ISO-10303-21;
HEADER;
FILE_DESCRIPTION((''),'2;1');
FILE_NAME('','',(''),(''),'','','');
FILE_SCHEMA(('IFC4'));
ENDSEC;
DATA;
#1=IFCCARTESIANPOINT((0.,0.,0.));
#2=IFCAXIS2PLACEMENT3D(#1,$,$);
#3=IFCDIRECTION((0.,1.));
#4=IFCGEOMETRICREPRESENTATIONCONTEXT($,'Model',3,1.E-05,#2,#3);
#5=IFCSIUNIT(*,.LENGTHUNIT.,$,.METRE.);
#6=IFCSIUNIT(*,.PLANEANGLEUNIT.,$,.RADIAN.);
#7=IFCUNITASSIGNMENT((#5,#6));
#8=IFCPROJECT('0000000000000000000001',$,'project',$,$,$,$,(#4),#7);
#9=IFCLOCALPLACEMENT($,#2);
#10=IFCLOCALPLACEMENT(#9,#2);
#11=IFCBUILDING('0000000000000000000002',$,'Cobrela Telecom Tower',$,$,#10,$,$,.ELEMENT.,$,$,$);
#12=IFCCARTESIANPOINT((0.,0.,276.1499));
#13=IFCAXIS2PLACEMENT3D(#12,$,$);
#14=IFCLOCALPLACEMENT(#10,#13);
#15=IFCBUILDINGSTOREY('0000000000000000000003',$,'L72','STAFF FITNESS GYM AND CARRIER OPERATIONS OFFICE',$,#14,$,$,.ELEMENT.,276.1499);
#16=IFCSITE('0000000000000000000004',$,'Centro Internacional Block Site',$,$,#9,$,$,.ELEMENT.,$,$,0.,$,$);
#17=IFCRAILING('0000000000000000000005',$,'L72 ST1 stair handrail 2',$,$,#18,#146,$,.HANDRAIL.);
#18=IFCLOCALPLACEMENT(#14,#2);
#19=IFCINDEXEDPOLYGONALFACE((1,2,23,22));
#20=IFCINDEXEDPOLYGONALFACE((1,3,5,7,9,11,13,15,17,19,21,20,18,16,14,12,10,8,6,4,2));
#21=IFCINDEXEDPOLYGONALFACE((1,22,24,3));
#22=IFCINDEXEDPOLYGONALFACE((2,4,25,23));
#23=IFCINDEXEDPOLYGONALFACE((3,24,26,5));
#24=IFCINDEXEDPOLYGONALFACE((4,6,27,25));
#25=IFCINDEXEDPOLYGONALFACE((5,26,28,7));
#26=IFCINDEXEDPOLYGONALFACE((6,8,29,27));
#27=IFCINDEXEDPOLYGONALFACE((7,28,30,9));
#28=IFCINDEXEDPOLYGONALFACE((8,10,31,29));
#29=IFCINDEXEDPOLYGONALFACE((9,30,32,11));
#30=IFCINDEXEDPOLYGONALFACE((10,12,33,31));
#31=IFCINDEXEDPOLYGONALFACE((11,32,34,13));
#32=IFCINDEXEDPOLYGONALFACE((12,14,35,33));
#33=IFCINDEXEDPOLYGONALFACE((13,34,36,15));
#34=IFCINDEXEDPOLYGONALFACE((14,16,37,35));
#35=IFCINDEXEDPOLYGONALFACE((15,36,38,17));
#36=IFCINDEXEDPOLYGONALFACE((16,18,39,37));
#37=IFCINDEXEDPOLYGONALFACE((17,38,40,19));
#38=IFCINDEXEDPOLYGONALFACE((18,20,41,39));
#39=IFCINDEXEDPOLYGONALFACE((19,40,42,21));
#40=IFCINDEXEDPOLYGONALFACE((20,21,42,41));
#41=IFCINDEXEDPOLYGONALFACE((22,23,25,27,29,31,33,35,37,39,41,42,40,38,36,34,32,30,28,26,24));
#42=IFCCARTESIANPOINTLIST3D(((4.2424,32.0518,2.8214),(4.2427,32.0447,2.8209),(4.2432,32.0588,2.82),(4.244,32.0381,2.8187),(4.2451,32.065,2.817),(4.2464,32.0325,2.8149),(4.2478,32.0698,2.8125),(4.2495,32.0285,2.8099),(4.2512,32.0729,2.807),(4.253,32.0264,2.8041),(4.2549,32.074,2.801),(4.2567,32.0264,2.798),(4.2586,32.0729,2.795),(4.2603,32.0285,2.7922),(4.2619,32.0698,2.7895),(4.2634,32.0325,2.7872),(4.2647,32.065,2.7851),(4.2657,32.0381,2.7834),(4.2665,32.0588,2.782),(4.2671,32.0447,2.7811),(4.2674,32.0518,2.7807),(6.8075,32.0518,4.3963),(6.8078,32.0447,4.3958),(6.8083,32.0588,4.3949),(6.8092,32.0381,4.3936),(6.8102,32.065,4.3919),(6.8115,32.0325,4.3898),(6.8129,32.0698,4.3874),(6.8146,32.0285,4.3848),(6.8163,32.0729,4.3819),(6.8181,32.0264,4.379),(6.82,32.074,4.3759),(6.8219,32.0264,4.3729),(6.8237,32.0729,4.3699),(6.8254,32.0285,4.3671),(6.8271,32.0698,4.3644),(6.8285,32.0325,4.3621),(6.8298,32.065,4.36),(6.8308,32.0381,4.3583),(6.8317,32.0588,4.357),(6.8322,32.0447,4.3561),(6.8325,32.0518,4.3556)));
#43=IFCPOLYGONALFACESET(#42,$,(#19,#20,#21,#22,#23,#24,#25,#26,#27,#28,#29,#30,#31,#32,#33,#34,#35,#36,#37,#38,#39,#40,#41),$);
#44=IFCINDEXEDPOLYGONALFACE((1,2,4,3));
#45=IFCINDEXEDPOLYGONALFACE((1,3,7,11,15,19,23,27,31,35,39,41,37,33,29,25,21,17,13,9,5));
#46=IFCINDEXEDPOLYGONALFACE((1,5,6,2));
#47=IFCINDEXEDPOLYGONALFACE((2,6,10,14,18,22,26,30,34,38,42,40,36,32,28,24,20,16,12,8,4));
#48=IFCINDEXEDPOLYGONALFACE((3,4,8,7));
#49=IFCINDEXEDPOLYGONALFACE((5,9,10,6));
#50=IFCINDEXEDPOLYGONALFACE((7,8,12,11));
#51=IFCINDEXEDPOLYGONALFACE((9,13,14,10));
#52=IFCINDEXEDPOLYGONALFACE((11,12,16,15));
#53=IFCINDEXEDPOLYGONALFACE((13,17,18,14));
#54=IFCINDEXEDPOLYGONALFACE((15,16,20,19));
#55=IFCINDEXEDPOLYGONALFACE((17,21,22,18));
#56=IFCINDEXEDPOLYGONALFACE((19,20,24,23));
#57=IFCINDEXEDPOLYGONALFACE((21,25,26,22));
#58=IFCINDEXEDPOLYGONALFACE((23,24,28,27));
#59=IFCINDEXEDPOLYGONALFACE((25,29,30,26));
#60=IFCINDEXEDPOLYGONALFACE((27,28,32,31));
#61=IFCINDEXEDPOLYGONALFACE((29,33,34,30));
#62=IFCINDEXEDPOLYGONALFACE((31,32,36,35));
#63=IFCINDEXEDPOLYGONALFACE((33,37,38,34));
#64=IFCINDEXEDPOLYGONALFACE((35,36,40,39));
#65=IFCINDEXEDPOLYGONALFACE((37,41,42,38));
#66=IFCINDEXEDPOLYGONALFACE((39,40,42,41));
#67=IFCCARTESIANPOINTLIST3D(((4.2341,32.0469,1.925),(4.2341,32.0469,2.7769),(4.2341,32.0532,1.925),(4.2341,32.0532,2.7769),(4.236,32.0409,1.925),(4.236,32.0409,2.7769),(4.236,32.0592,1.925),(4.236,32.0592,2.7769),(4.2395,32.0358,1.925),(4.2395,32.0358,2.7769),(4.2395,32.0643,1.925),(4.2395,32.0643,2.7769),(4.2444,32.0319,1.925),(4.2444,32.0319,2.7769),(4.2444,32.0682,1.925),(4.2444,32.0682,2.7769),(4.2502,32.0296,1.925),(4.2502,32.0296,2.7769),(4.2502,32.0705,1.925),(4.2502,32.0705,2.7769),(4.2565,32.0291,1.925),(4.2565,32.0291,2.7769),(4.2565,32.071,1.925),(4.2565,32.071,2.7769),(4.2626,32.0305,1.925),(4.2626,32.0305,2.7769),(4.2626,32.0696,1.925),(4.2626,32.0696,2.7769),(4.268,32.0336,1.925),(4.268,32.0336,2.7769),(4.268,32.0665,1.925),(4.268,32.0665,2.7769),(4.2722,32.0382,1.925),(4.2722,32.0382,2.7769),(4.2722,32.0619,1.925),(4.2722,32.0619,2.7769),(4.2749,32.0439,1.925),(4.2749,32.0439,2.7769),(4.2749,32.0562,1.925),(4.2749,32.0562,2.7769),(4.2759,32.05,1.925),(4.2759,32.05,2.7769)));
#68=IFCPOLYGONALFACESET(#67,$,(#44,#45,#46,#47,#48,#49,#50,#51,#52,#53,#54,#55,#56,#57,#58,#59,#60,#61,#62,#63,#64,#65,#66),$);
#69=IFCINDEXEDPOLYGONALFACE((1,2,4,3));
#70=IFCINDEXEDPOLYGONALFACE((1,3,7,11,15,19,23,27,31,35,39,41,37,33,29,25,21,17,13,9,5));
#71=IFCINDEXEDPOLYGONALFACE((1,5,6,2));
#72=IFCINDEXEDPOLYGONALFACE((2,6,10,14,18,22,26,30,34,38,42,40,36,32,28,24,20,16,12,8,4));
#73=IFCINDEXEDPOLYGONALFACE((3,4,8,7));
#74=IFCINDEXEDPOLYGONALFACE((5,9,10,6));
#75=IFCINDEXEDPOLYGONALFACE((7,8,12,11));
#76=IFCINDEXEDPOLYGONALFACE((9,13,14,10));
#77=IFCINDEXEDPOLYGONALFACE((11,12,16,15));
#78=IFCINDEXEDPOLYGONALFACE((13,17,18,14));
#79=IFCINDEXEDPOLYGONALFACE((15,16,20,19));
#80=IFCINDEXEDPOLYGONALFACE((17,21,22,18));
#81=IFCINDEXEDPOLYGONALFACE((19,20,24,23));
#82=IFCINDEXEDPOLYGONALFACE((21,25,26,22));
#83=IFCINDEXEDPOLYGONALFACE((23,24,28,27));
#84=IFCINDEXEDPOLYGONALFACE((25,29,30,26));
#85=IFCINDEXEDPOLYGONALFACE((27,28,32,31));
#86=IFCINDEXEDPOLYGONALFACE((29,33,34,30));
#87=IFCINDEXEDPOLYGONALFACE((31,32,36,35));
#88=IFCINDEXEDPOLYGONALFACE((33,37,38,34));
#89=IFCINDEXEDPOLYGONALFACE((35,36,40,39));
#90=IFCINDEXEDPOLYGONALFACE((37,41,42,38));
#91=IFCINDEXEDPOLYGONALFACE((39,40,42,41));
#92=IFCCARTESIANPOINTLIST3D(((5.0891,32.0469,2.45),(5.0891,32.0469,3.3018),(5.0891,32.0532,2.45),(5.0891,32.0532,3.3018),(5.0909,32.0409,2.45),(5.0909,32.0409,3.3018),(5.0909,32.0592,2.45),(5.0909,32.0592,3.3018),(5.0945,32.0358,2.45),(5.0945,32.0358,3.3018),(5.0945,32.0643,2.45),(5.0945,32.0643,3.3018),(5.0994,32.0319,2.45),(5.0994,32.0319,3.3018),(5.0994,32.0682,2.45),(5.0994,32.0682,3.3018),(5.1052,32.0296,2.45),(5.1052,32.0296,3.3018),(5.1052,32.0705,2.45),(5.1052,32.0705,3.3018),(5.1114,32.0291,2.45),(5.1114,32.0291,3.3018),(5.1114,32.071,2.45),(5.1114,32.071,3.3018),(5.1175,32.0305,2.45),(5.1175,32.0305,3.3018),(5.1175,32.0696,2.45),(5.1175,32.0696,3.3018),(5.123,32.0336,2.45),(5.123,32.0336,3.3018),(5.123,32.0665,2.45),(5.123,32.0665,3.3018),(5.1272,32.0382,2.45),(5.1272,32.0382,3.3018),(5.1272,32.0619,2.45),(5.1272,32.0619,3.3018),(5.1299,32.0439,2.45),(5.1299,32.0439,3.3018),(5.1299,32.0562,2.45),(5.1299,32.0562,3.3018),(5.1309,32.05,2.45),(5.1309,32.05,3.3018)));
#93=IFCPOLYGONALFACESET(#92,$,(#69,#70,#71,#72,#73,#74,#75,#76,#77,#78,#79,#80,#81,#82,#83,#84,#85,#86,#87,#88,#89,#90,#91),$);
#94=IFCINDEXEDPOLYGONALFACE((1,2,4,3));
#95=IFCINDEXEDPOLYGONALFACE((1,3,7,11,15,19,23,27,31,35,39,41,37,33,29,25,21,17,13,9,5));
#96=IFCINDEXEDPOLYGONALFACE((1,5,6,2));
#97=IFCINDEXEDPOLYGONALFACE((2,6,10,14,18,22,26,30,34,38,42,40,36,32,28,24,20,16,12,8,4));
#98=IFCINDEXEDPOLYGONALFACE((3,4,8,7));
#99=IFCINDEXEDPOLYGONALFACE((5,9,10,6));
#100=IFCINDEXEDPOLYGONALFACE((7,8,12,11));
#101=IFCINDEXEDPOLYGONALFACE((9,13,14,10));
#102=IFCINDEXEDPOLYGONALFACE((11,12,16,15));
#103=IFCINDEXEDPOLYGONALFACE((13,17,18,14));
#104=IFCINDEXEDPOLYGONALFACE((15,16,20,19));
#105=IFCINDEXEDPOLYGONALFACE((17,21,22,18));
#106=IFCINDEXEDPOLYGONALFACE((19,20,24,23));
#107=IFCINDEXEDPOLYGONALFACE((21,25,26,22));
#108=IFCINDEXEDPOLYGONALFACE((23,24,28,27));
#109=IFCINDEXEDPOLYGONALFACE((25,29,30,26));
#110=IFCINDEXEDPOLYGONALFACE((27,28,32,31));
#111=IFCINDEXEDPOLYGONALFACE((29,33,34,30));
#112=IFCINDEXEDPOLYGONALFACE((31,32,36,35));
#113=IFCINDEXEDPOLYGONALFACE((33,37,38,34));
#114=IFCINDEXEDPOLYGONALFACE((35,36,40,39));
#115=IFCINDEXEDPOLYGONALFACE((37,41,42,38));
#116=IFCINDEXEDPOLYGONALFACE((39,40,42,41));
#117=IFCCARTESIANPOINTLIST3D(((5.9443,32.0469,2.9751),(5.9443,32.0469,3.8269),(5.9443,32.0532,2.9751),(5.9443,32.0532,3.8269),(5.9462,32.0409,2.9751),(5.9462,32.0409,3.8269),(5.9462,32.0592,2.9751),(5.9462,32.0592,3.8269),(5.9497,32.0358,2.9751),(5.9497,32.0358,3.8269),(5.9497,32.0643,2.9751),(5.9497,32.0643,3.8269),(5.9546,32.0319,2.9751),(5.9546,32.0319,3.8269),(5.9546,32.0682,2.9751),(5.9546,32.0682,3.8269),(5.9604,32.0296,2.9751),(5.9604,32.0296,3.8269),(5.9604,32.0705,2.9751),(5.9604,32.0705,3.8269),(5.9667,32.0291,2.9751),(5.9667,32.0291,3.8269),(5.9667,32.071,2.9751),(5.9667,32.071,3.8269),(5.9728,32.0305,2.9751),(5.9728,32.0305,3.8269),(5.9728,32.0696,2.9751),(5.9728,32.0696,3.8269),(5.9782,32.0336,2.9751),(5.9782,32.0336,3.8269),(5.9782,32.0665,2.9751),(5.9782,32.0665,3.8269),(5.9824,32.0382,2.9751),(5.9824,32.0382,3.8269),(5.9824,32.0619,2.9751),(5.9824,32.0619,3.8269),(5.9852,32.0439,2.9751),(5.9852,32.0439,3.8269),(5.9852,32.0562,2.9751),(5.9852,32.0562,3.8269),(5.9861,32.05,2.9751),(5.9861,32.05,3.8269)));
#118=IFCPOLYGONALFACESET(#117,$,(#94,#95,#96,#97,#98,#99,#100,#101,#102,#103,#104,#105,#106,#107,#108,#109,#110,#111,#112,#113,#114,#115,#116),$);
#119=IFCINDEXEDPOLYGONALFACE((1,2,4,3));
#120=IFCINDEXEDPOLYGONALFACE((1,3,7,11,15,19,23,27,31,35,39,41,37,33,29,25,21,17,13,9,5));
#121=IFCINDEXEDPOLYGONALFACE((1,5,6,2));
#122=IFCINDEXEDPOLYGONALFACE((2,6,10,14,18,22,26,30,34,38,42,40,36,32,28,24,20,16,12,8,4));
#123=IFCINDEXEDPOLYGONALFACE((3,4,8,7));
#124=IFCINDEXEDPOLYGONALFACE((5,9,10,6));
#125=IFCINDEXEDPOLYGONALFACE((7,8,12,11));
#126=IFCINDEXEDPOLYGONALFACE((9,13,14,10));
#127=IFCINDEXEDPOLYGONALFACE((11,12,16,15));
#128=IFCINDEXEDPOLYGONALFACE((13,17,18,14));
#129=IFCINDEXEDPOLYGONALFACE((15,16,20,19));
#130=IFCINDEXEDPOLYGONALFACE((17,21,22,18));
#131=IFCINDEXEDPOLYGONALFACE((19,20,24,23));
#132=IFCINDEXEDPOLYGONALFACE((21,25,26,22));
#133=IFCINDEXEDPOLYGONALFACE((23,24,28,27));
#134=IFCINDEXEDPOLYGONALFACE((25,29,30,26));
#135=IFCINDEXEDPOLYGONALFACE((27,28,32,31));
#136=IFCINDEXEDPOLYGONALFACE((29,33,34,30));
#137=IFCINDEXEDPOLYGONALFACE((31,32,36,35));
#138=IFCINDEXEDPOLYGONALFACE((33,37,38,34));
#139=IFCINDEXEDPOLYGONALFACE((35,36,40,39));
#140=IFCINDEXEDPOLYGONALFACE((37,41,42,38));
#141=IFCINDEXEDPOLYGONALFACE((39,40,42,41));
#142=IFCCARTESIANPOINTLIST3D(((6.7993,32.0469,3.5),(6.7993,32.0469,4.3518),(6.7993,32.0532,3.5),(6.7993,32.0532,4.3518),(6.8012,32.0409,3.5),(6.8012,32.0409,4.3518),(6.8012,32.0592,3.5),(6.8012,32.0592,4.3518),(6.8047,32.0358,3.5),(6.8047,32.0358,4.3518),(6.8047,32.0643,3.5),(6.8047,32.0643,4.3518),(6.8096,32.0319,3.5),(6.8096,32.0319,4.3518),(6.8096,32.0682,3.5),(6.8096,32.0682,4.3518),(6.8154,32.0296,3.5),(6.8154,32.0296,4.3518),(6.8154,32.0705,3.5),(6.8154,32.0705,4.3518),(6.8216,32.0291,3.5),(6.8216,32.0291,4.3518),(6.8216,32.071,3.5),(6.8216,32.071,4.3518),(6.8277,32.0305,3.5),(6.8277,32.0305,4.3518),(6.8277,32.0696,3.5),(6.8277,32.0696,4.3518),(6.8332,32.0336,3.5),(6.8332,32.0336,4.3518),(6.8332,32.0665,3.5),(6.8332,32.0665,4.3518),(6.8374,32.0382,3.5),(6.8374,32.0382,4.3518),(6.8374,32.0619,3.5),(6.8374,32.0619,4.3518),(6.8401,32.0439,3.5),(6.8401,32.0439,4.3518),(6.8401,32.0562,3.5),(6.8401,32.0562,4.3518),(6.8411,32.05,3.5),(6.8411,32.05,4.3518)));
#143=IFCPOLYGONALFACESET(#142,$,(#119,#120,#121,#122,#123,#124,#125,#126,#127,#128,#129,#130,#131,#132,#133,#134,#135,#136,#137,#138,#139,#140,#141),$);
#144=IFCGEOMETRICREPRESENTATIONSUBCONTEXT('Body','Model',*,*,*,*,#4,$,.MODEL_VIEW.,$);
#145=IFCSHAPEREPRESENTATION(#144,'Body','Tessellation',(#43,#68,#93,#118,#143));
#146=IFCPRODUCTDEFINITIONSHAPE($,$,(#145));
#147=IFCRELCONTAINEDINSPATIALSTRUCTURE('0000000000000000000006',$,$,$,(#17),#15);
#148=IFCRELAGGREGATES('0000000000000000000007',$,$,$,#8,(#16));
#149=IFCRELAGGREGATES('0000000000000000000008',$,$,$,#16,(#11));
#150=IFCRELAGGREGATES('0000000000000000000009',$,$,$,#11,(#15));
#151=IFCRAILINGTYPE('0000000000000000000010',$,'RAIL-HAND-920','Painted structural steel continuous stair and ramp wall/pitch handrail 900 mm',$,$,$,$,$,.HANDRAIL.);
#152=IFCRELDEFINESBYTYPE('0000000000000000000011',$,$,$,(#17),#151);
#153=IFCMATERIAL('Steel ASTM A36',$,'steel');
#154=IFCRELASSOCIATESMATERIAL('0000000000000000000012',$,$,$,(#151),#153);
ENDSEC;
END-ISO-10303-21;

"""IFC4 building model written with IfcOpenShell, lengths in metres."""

from ifc_helpers import new_model, si_unit, direction, frame, origin, origin_2d, place, context, subcontext, project, spatial, circle, extrude, material, type_object, element, save


model = new_model("IFC4")

# Units and contexts
model_context = context("Model", 3, precision=1e-05, world=origin(), true_north=direction((0.0, 1.0)))
body_context = subcontext(model_context, "Body", "Model", "MODEL_VIEW")
ifc_project = project(units=[si_unit("LENGTHUNIT", "METRE"), si_unit("PLANEANGLEUNIT", "RADIAN")], contexts=[model_context])

# Site, building, storey
site_placement = place(None, origin())
site = spatial("IfcSite", under=ifc_project, at=site_placement, Name="Centro Internacional Block Site", CompositionType="ELEMENT", RefElevation=0.0)
building_placement = place(site_placement, origin())
building = spatial("IfcBuilding", under=site, at=building_placement, Name="Cobrela Telecom Tower", CompositionType="ELEMENT")
storey_placement = place(building_placement, frame((0.0, 0.0, 276.1499)))
storey = spatial("IfcBuildingStorey", under=building, at=storey_placement, Name="L72", Description="STAFF FITNESS GYM AND CARRIER OPERATIONS OFFICE", CompositionType="ELEMENT", Elevation=276.1499)

# Shared definitions
ifc_material_1 = material(Name="Steel ASTM A36", Category="steel")

# Railing
railing_type_1 = type_object("IfcRailingType", Name="RAIL-HAND-920", Description="Painted structural steel continuous stair and ramp wall/pitch handrail 900 mm", PredefinedType="HANDRAIL", material=ifc_material_1)
railing_1_placement = place(storey_placement, frame((4.2549, 32.05, 1.925)))
element("IfcRailing", 1, at=railing_1_placement, inside=storey, type_object=railing_type_1, Name="L72 ST1 stair handrail 2", PredefinedType="HANDRAIL", context=body_context, shape_type="SweptSolid", body=[
    extrude(circle(Radius=0.0239, at=origin_2d()), frame((0.0, 0.0, 0.876), z_axis=(0.852195, 0.0, 0.523224), x_axis=(0.0, 1.0, 0.0)), (0.0, 0.0, 1.0), 3.01),
    extrude(circle(Radius=0.021, at=origin_2d()), origin(), (0.0, 0.0, 1.0), 0.8518),
    extrude(circle(Radius=0.021, at=origin_2d()), frame((0.855, 0.0, 0.5249)), (0.0, 0.0, 1.0), 0.8518),
    extrude(circle(Radius=0.021, at=origin_2d()), frame((1.7102, 0.0, 1.05)), (0.0, 0.0, 1.0), 0.8518),
    extrude(circle(Radius=0.021, at=origin_2d()), frame((2.5652, 0.0, 1.575)), (0.0, 0.0, 1.0), 0.8518),
])

save(model, "model.ifc")
